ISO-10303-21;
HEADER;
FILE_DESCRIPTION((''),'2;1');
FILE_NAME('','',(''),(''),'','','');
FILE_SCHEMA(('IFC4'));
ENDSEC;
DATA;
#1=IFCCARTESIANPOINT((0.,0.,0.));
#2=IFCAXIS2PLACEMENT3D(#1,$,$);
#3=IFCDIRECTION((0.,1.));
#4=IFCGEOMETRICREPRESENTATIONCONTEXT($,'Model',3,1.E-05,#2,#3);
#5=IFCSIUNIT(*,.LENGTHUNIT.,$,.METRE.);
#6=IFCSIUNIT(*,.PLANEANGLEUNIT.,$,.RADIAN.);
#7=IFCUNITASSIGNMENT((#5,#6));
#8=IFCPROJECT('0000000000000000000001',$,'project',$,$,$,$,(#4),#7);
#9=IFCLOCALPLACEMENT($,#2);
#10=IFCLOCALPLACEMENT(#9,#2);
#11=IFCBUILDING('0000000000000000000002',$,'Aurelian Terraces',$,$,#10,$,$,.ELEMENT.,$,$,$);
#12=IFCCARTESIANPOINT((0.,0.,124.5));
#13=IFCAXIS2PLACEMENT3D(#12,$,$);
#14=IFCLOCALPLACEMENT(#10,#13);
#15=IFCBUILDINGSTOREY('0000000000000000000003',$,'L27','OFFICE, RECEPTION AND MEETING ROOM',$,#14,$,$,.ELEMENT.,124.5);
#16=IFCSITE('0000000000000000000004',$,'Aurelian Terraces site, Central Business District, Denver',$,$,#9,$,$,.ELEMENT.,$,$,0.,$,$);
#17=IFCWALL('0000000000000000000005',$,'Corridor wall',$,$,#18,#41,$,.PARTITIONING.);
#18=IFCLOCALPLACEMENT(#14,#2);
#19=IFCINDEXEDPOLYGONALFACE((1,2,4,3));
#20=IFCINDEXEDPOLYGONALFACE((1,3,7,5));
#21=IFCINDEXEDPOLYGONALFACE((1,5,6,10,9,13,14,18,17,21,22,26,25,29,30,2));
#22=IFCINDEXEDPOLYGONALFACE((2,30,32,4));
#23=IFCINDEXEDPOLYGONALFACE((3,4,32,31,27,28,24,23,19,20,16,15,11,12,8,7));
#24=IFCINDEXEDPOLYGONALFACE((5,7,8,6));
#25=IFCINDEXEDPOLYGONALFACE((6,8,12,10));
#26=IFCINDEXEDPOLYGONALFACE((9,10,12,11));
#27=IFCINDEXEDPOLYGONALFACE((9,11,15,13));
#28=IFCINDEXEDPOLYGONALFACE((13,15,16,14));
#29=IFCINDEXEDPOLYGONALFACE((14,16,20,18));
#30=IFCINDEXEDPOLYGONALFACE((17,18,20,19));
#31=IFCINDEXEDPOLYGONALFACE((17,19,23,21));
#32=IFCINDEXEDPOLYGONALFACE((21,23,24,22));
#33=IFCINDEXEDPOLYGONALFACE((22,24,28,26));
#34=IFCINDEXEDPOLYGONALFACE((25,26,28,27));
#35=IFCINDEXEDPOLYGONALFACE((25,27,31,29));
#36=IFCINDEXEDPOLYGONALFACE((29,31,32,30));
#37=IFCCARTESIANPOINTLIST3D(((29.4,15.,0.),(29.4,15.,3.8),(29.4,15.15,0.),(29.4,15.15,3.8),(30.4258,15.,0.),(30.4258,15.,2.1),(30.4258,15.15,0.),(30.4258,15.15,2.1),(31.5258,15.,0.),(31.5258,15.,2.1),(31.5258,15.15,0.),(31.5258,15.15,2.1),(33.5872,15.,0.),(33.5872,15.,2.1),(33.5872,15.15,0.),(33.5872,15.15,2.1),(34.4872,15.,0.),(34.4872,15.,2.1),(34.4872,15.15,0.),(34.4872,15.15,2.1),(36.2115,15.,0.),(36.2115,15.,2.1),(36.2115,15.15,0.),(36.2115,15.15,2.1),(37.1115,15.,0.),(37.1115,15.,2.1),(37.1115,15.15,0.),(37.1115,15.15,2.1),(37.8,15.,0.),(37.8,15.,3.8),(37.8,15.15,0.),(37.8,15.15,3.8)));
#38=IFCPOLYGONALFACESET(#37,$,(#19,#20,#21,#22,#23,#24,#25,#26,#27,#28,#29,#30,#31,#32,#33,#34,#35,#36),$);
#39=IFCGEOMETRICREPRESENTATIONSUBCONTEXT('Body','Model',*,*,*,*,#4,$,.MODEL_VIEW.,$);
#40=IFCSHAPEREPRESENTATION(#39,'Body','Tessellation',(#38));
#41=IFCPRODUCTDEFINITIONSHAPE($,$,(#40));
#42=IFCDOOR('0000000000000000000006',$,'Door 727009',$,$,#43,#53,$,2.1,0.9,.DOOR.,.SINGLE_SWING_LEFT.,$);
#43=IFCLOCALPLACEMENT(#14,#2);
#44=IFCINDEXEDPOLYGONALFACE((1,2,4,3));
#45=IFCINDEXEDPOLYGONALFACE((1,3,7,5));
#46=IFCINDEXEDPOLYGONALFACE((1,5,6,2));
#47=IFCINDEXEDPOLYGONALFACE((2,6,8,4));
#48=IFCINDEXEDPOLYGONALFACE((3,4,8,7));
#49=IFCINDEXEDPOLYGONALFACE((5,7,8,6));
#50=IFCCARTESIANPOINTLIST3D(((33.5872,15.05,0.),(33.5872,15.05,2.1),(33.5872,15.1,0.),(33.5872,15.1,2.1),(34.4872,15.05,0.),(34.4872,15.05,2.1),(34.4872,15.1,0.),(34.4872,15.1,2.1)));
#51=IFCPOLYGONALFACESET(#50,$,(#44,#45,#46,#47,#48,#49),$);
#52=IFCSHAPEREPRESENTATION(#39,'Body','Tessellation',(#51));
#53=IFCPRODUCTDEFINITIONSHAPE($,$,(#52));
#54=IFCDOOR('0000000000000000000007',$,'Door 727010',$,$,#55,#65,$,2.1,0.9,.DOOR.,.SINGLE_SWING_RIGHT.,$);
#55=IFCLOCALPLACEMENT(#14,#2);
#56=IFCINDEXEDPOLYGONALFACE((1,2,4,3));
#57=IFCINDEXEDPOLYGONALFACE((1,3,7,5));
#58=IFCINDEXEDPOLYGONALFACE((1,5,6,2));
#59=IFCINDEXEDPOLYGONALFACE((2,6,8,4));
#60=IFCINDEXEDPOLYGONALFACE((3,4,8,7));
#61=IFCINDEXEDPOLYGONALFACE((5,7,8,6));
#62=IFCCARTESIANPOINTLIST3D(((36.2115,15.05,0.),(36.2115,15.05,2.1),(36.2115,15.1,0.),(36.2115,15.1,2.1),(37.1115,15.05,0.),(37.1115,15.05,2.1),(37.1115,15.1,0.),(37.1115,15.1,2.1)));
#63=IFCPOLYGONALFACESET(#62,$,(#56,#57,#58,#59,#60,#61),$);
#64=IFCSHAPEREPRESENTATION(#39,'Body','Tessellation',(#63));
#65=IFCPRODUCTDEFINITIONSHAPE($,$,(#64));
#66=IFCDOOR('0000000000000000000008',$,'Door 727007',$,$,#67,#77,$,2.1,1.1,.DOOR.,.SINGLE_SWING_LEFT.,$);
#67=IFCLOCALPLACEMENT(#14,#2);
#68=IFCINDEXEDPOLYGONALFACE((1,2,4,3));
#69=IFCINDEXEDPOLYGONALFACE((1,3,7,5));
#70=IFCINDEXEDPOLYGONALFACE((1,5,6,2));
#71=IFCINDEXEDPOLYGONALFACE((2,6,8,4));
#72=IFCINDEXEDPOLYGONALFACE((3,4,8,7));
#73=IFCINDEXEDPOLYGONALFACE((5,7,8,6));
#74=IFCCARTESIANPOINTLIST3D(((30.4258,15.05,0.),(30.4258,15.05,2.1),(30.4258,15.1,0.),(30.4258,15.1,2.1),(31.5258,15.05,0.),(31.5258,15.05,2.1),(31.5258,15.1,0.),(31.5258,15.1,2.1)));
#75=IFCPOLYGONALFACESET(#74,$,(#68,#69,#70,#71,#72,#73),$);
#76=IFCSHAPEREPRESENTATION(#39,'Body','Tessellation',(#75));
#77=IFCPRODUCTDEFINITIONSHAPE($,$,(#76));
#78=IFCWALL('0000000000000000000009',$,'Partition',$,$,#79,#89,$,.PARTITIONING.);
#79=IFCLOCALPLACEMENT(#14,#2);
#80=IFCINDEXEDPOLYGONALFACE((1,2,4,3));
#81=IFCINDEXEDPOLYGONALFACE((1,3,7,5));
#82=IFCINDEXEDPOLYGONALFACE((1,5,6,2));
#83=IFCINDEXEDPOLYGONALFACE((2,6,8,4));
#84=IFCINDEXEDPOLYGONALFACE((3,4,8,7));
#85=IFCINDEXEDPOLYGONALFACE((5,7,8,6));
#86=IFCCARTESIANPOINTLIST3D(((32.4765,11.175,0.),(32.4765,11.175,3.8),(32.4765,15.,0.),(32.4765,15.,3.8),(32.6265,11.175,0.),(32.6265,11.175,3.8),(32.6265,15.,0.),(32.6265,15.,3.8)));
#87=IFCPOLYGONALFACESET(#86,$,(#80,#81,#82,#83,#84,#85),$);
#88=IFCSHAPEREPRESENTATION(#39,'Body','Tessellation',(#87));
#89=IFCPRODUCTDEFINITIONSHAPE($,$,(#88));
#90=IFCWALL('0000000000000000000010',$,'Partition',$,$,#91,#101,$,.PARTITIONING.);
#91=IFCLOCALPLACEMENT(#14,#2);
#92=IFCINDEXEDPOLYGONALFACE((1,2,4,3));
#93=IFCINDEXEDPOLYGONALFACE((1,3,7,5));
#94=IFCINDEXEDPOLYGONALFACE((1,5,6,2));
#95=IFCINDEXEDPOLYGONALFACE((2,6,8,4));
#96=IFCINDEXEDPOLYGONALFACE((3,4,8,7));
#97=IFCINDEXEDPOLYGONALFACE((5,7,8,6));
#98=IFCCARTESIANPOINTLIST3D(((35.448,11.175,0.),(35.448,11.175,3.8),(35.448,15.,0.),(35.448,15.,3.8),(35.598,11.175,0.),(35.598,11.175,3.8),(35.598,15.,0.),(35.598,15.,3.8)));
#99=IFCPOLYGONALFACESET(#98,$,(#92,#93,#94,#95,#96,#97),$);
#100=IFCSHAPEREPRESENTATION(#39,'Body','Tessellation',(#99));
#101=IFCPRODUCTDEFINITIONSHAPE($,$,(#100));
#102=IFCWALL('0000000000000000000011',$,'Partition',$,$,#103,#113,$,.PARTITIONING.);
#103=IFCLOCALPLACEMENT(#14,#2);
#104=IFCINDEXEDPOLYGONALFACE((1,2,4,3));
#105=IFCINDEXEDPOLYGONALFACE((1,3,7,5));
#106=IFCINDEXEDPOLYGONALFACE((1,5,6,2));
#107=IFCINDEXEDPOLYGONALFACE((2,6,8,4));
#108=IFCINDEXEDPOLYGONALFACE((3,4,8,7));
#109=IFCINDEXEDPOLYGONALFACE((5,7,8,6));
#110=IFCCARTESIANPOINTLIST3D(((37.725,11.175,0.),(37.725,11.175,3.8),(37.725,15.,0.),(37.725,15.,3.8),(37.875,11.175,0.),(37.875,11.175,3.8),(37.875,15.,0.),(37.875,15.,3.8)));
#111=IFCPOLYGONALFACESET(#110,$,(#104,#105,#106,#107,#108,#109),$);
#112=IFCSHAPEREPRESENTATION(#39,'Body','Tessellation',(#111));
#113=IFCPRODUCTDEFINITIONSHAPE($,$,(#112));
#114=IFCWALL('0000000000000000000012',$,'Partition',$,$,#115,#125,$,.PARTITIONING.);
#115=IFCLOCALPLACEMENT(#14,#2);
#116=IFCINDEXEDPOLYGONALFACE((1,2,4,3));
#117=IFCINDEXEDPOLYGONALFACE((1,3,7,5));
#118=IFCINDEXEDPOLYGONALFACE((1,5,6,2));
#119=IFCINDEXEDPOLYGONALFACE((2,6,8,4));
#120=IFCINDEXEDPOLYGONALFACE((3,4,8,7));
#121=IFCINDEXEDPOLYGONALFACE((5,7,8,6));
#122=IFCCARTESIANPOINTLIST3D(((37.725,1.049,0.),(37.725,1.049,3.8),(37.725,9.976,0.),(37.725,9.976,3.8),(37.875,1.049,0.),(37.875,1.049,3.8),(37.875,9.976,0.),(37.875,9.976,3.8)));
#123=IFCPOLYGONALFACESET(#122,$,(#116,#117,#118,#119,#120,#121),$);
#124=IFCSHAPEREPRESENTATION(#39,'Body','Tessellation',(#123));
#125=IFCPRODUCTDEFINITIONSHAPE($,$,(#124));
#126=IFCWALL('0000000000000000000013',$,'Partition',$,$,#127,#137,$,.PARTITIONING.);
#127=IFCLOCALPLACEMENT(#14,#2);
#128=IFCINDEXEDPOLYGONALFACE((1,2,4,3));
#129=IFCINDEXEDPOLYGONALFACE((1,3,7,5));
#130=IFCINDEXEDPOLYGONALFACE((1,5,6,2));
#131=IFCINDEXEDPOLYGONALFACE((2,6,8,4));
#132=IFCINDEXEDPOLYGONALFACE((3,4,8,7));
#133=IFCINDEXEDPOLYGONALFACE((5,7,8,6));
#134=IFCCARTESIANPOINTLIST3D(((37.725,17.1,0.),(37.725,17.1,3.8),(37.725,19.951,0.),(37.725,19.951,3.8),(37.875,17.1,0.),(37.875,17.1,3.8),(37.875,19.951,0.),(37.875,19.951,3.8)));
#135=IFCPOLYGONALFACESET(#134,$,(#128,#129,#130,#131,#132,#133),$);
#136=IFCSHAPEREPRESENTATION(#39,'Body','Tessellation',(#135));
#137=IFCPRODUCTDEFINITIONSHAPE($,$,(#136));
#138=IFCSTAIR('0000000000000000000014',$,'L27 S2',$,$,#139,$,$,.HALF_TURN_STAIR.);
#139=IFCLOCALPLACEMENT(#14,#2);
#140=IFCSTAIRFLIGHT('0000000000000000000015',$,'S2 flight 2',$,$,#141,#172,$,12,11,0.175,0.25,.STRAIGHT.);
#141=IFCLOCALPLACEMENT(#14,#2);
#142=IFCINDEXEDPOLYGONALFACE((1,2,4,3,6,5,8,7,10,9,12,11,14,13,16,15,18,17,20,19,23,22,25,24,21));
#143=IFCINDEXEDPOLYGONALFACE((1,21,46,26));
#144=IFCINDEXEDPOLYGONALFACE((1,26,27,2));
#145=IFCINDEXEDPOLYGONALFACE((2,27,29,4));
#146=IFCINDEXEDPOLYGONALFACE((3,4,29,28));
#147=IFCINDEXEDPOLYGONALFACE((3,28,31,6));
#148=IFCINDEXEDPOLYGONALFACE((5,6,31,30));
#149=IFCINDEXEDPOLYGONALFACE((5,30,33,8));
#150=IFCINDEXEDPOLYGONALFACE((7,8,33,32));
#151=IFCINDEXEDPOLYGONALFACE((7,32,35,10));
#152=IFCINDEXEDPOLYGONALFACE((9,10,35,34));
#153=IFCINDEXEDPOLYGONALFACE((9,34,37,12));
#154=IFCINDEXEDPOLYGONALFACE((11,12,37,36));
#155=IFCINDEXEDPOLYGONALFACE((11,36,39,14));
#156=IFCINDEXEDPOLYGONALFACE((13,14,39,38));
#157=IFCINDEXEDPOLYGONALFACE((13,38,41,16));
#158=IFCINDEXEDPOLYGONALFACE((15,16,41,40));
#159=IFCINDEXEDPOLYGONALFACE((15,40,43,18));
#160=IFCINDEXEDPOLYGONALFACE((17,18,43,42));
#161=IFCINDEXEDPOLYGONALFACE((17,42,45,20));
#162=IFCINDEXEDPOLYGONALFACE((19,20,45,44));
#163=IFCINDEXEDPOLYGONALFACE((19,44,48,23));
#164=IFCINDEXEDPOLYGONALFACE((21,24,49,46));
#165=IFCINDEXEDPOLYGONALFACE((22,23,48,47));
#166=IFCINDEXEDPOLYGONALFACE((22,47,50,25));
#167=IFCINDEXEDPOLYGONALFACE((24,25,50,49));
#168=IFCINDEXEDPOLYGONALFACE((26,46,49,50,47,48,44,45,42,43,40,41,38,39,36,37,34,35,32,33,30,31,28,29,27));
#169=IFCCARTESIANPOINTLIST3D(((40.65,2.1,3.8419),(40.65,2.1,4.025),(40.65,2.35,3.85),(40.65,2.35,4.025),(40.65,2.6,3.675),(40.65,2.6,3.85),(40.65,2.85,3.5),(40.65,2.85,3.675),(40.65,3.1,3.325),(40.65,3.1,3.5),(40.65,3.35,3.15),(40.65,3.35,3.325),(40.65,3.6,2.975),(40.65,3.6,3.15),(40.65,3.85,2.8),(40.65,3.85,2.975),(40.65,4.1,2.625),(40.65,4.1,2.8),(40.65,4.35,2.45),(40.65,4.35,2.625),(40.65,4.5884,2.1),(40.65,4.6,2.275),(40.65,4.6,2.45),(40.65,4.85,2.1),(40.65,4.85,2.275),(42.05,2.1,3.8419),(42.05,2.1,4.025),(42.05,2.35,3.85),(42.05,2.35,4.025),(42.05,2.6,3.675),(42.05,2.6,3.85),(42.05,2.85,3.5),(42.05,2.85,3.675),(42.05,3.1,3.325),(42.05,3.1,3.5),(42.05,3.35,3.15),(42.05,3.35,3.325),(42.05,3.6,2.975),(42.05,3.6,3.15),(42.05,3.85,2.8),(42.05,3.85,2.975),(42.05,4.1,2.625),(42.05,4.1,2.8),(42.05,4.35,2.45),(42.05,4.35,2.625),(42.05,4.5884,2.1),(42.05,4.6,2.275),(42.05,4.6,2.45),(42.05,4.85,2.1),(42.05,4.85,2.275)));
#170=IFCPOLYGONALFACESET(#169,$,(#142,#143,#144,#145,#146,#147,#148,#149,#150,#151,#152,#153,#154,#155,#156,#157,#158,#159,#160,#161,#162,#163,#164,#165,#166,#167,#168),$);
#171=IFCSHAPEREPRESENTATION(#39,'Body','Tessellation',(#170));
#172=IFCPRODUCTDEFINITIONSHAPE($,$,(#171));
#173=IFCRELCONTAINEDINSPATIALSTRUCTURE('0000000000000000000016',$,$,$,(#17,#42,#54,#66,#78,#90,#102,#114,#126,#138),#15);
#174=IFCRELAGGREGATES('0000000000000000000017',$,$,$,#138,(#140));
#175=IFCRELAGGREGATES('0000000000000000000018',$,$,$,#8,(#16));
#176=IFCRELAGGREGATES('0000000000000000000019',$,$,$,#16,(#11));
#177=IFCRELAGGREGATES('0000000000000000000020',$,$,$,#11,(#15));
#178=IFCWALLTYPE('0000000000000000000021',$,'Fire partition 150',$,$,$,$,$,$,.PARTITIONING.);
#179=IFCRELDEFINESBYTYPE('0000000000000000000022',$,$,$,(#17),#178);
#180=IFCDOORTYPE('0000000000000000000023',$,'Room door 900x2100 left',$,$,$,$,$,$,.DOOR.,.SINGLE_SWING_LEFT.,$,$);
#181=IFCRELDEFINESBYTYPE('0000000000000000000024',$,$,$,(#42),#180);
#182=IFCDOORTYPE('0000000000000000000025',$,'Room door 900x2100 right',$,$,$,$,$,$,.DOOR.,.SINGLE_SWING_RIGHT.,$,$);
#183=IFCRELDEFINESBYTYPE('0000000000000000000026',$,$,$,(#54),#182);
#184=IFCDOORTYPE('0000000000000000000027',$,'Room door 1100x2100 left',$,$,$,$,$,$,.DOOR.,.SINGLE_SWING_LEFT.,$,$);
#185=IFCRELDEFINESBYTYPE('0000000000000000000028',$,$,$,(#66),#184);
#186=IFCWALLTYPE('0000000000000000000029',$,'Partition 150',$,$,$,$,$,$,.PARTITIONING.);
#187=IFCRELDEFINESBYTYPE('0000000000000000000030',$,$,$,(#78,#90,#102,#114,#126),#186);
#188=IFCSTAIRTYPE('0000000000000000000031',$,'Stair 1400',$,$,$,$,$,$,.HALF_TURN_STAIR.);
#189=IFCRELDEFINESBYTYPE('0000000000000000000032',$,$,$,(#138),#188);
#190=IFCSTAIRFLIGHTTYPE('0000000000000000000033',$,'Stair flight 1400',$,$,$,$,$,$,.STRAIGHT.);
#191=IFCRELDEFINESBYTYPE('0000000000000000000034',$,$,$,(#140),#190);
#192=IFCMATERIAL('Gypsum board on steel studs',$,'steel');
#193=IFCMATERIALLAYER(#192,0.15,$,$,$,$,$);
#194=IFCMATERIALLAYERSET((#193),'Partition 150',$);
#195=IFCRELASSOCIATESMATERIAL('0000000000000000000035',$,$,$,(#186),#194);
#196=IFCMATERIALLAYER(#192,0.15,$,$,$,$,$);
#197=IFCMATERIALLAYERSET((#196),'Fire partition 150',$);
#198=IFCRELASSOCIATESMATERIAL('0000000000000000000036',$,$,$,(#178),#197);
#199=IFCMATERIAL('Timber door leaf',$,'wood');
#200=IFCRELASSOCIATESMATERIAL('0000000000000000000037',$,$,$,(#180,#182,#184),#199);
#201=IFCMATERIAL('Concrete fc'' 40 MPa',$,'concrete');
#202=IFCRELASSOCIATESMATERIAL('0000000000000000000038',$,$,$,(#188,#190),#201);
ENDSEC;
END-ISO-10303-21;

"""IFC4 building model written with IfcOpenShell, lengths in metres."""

from ifc_helpers import new_model, si_unit, direction, frame, frame_2d, origin, place, context, subcontext, project, spatial, polyline, rectangle, outline, extrude, source, transform, mapped, material, layer, layer_set, type_object, element, fill, aggregate, save


model = new_model("IFC4")

# Units and contexts
model_context = context("Model", 3, precision=1e-05, world=origin(), true_north=direction((0.0, 1.0)))
body_context = subcontext(model_context, "Body", "Model", "MODEL_VIEW")
ifc_project = project(units=[si_unit("LENGTHUNIT", "METRE"), si_unit("PLANEANGLEUNIT", "RADIAN")], contexts=[model_context])

# Site, building, storey
site_placement = place(None, origin())
site = spatial("IfcSite", under=ifc_project, at=site_placement, Name="Aurelian Terraces site, Central Business District, Denver", CompositionType="ELEMENT", RefElevation=0.0)
building_placement = place(site_placement, origin())
building = spatial("IfcBuilding", under=site, at=building_placement, Name="Aurelian Terraces", CompositionType="ELEMENT")
storey_placement = place(building_placement, frame((0.0, 0.0, 124.5)))
storey = spatial("IfcBuildingStorey", under=building, at=storey_placement, Name="L27", Description="OFFICE, RECEPTION AND MEETING ROOM", CompositionType="ELEMENT", Elevation=124.5)

# Shared definitions
ifc_material_1 = material(Name="Concrete fc' 40 MPa", Category="concrete")

# Shared definitions
shared_shape_1 = source(origin(), body_context, "Body", "SweptSolid", [
    extrude(rectangle(XDim=1.1, YDim=2.1, at=frame_2d((0.55, 1.05))), frame((0.0, 0.025, 0.0), z_axis=(0.0, -1.0, 0.0), x_axis=(1.0, 0.0, 0.0)), (0.0, 0.0, 1.0), 0.05),
])

# Shared definitions
ifc_material_2 = material(Name="Gypsum board on steel studs", Category="steel")

# Shared definitions
shared_shape_2 = source(origin(), body_context, "Body", "SweptSolid", [
    extrude(rectangle(XDim=0.9, YDim=2.1, at=frame_2d((0.45, 1.05))), frame((0.0, 0.025, 0.0), z_axis=(0.0, -1.0, 0.0), x_axis=(1.0, 0.0, 0.0)), (0.0, 0.0, 1.0), 0.05),
])

# Shared definitions
ifc_layer_1 = layer(ifc_material_2, 0.15)
ifc_layer_set_1 = layer_set([ifc_layer_1], Name="Partition 150")
wall_type_1 = type_object("IfcWallType", Name="Partition 150", PredefinedType="PARTITIONING", material=ifc_layer_set_1)

# Shared definitions
shared_shape_3 = source(origin(), body_context, "Body", "SweptSolid", [
    extrude(rectangle(XDim=8.4, YDim=0.15, at=frame_2d((4.2, 0.0))), origin(), (0.0, 0.0, 1.0), 3.8),
])
shared_shape_4 = source(origin(), body_context, "Body", "SweptSolid", [
    extrude(rectangle(XDim=1.1, YDim=2.1, at=frame_2d((0.55, 1.05))), frame((0.0, 0.085, 0.0), z_axis=(0.0, -1.0, 0.0), x_axis=(1.0, 0.0, 0.0)), (0.0, 0.0, 1.0), 0.17),
])
ifc_material_3 = material(Name="Timber door leaf", Category="wood")

# Wall, openings, doors
ifc_layer_2 = layer(ifc_material_2, 0.15)
ifc_layer_set_2 = layer_set([ifc_layer_2], Name="Fire partition 150")
wall_type_2 = type_object("IfcWallType", Name="Fire partition 150", PredefinedType="PARTITIONING", material=ifc_layer_set_2)
wall_1_placement = place(storey_placement, frame((37.8, 15.075, 0.0), z_axis=(0.0, 0.0, 1.0), x_axis=(-1.0, 0.0, 0.0)))
wall_1 = element("IfcWall", 1, at=wall_1_placement, inside=storey, type_object=wall_type_2, Name="Corridor wall", PredefinedType="PARTITIONING", context=body_context, shape_type="MappedRepresentation", body=[
    mapped(shared_shape_3, transform((0.0, 0.0, 0.0), scale=1.0)),
])
opening_1_placement = place(wall_1_placement, frame((6.2742, 0.0, 0.0)))
opening_1 = element("IfcOpeningElement", 2, at=opening_1_placement, cuts=wall_1, PredefinedType="OPENING", context=body_context, shape_type="MappedRepresentation", body=[
    mapped(shared_shape_4, transform((0.0, 0.0, 0.0), scale=1.0)),
])
shared_shape_5 = source(origin(), body_context, "Body", "SweptSolid", [
    extrude(rectangle(XDim=0.9, YDim=2.1, at=frame_2d((0.45, 1.05))), frame((0.0, 0.085, 0.0), z_axis=(0.0, -1.0, 0.0), x_axis=(1.0, 0.0, 0.0)), (0.0, 0.0, 1.0), 0.17),
])
opening_2_placement = place(wall_1_placement, frame((3.3128, 0.0, 0.0)))
opening_2 = element("IfcOpeningElement", 3, at=opening_2_placement, cuts=wall_1, PredefinedType="OPENING", context=body_context, shape_type="MappedRepresentation", body=[
    mapped(shared_shape_5, transform((0.0, 0.0, 0.0), scale=1.0)),
])
opening_3_placement = place(wall_1_placement, frame((0.6885, 0.0, 0.0)))
opening_3 = element("IfcOpeningElement", 4, at=opening_3_placement, cuts=wall_1, PredefinedType="OPENING", context=body_context, shape_type="MappedRepresentation", body=[
    mapped(shared_shape_5, transform((0.0, 0.0, 0.0), scale=1.0)),
])
door_type_1 = type_object("IfcDoorType", Name="Room door 900x2100 left", OperationType="SINGLE_SWING_LEFT", PredefinedType="DOOR", material=ifc_material_3)
door_1_placement = place(opening_2_placement, origin())
door_1 = element("IfcDoor", 5, at=door_1_placement, inside=storey, type_object=door_type_1, Name="Door 727009", OperationType="SINGLE_SWING_LEFT", OverallHeight=2.1, OverallWidth=0.9, PredefinedType="DOOR", context=body_context, shape_type="MappedRepresentation", body=[
    mapped(shared_shape_2, transform((0.0, 0.0, 0.0), scale=1.0)),
])
fill(opening_2, door_1)
door_type_2 = type_object("IfcDoorType", Name="Room door 900x2100 right", OperationType="SINGLE_SWING_RIGHT", PredefinedType="DOOR", material=ifc_material_3)
door_2_placement = place(opening_3_placement, origin())
door_2 = element("IfcDoor", 6, at=door_2_placement, inside=storey, type_object=door_type_2, Name="Door 727010", OperationType="SINGLE_SWING_RIGHT", OverallHeight=2.1, OverallWidth=0.9, PredefinedType="DOOR", context=body_context, shape_type="MappedRepresentation", body=[
    mapped(shared_shape_2, transform((0.0, 0.0, 0.0), scale=1.0)),
])
fill(opening_3, door_2)
door_type_3 = type_object("IfcDoorType", Name="Room door 1100x2100 left", OperationType="SINGLE_SWING_LEFT", PredefinedType="DOOR", material=ifc_material_3)
door_3_placement = place(opening_1_placement, origin())
door_3 = element("IfcDoor", 7, at=door_3_placement, inside=storey, type_object=door_type_3, Name="Door 727007", OperationType="SINGLE_SWING_LEFT", OverallHeight=2.1, OverallWidth=1.1, PredefinedType="DOOR", context=body_context, shape_type="MappedRepresentation", body=[
    mapped(shared_shape_1, transform((0.0, 0.0, 0.0), scale=1.0)),
])
fill(opening_1, door_3)

# Walls
shared_shape_6 = source(origin(), body_context, "Body", "SweptSolid", [
    extrude(rectangle(XDim=3.825, YDim=0.15, at=frame_2d((1.9125, 0.0))), origin(), (0.0, 0.0, 1.0), 3.8),
])
for number, where, z_axis, x_axis, name in (
    (8, (32.5515, 11.175, 0.0), (0.0, 0.0, 1.0), (0.0, 1.0, 0.0), "Partition"),
    (9, (35.523, 11.175, 0.0), (0.0, 0.0, 1.0), (0.0, 1.0, 0.0), "Partition"),
    (10, (37.8, 11.175, 0.0), (0.0, 0.0, 1.0), (0.0, 1.0, 0.0), "Partition"),
):
    element("IfcWall", number, at=place(storey_placement, frame(where, z_axis=z_axis, x_axis=x_axis)), inside=storey, type_object=wall_type_1, Name=name, PredefinedType="PARTITIONING", context=body_context, shape_type="MappedRepresentation", body=[
        mapped(shared_shape_6, transform((0.0, 0.0, 0.0), scale=1.0)),
    ])
shared_shape_7 = source(origin(), body_context, "Body", "SweptSolid", [
    extrude(rectangle(XDim=8.927, YDim=0.15, at=frame_2d((4.4635, 0.0))), origin(), (0.0, 0.0, 1.0), 3.8),
])
wall_2_placement = place(storey_placement, frame((37.8, 1.049, 0.0), z_axis=(0.0, 0.0, 1.0), x_axis=(0.0, 1.0, 0.0)))
element("IfcWall", 11, at=wall_2_placement, inside=storey, type_object=wall_type_1, Name="Partition", PredefinedType="PARTITIONING", context=body_context, shape_type="MappedRepresentation", body=[
    mapped(shared_shape_7, transform((0.0, 0.0, 0.0), scale=1.0)),
])
shared_shape_8 = source(origin(), body_context, "Body", "SweptSolid", [
    extrude(rectangle(XDim=2.851, YDim=0.15, at=frame_2d((1.4255, 0.0))), origin(), (0.0, 0.0, 1.0), 3.8),
])
wall_3_placement = place(storey_placement, frame((37.8, 17.1, 0.0), z_axis=(0.0, 0.0, 1.0), x_axis=(0.0, 1.0, 0.0)))
element("IfcWall", 12, at=wall_3_placement, inside=storey, type_object=wall_type_1, Name="Partition", PredefinedType="PARTITIONING", context=body_context, shape_type="MappedRepresentation", body=[
    mapped(shared_shape_8, transform((0.0, 0.0, 0.0), scale=1.0)),
])

# Stair, stair flight
stair_type = type_object("IfcStairType", Name="Stair 1400", PredefinedType="HALF_TURN_STAIR", material=ifc_material_1)
stair_placement = place(storey_placement, origin())
stair = element("IfcStair", 13, at=stair_placement, inside=storey, type_object=stair_type, Name="L27 S2", PredefinedType="HALF_TURN_STAIR")
stair_flight_type = type_object("IfcStairFlightType", Name="Stair flight 1400", PredefinedType="STRAIGHT", material=ifc_material_1)
shared_shape_9 = source(origin(), body_context, "Body", "SweptSolid", [
    extrude(outline(polyline([(0.0, 0.0), (0.0, 0.175), (0.25, 0.175), (0.25, 0.35), (0.5, 0.35), (0.5, 0.525), (0.75, 0.525), (0.75, 0.7), (1.0, 0.7), (1.0, 0.875), (1.25, 0.875), (1.25, 1.05), (1.5, 1.05), (1.5, 1.225), (1.75, 1.225), (1.75, 1.4), (2.0, 1.4), (2.0, 1.575), (2.25, 1.575), (2.25, 1.75), (2.5, 1.75), (2.5, 1.925), (2.75, 1.925), (2.75, 2.1), (2.75, 1.7419), (0.2616, 0.0), (0.0, 0.0)])), frame((0.0, 0.7, 0.0), z_axis=(0.0, -1.0, 0.0), x_axis=(1.0, 0.0, 0.0)), (0.0, 0.0, 1.0), 1.4),
])
stair_flight_placement = place(storey_placement, frame((41.35, 4.85, 2.1), z_axis=(0.0, 0.0, 1.0), x_axis=(0.0, -1.0, 0.0)))
stair_flight = element("IfcStairFlight", 14, at=stair_flight_placement, type_object=stair_flight_type, Name="S2 flight 2", NumberOfRisers=12, NumberOfTreads=11, PredefinedType="STRAIGHT", RiserHeight=0.175, TreadLength=0.25, context=body_context, shape_type="MappedRepresentation", body=[
    mapped(shared_shape_9, transform((0.0, 0.0, 0.0), scale=1.0)),
])
aggregate(stair, [stair_flight])

save(model, "model.ifc")
